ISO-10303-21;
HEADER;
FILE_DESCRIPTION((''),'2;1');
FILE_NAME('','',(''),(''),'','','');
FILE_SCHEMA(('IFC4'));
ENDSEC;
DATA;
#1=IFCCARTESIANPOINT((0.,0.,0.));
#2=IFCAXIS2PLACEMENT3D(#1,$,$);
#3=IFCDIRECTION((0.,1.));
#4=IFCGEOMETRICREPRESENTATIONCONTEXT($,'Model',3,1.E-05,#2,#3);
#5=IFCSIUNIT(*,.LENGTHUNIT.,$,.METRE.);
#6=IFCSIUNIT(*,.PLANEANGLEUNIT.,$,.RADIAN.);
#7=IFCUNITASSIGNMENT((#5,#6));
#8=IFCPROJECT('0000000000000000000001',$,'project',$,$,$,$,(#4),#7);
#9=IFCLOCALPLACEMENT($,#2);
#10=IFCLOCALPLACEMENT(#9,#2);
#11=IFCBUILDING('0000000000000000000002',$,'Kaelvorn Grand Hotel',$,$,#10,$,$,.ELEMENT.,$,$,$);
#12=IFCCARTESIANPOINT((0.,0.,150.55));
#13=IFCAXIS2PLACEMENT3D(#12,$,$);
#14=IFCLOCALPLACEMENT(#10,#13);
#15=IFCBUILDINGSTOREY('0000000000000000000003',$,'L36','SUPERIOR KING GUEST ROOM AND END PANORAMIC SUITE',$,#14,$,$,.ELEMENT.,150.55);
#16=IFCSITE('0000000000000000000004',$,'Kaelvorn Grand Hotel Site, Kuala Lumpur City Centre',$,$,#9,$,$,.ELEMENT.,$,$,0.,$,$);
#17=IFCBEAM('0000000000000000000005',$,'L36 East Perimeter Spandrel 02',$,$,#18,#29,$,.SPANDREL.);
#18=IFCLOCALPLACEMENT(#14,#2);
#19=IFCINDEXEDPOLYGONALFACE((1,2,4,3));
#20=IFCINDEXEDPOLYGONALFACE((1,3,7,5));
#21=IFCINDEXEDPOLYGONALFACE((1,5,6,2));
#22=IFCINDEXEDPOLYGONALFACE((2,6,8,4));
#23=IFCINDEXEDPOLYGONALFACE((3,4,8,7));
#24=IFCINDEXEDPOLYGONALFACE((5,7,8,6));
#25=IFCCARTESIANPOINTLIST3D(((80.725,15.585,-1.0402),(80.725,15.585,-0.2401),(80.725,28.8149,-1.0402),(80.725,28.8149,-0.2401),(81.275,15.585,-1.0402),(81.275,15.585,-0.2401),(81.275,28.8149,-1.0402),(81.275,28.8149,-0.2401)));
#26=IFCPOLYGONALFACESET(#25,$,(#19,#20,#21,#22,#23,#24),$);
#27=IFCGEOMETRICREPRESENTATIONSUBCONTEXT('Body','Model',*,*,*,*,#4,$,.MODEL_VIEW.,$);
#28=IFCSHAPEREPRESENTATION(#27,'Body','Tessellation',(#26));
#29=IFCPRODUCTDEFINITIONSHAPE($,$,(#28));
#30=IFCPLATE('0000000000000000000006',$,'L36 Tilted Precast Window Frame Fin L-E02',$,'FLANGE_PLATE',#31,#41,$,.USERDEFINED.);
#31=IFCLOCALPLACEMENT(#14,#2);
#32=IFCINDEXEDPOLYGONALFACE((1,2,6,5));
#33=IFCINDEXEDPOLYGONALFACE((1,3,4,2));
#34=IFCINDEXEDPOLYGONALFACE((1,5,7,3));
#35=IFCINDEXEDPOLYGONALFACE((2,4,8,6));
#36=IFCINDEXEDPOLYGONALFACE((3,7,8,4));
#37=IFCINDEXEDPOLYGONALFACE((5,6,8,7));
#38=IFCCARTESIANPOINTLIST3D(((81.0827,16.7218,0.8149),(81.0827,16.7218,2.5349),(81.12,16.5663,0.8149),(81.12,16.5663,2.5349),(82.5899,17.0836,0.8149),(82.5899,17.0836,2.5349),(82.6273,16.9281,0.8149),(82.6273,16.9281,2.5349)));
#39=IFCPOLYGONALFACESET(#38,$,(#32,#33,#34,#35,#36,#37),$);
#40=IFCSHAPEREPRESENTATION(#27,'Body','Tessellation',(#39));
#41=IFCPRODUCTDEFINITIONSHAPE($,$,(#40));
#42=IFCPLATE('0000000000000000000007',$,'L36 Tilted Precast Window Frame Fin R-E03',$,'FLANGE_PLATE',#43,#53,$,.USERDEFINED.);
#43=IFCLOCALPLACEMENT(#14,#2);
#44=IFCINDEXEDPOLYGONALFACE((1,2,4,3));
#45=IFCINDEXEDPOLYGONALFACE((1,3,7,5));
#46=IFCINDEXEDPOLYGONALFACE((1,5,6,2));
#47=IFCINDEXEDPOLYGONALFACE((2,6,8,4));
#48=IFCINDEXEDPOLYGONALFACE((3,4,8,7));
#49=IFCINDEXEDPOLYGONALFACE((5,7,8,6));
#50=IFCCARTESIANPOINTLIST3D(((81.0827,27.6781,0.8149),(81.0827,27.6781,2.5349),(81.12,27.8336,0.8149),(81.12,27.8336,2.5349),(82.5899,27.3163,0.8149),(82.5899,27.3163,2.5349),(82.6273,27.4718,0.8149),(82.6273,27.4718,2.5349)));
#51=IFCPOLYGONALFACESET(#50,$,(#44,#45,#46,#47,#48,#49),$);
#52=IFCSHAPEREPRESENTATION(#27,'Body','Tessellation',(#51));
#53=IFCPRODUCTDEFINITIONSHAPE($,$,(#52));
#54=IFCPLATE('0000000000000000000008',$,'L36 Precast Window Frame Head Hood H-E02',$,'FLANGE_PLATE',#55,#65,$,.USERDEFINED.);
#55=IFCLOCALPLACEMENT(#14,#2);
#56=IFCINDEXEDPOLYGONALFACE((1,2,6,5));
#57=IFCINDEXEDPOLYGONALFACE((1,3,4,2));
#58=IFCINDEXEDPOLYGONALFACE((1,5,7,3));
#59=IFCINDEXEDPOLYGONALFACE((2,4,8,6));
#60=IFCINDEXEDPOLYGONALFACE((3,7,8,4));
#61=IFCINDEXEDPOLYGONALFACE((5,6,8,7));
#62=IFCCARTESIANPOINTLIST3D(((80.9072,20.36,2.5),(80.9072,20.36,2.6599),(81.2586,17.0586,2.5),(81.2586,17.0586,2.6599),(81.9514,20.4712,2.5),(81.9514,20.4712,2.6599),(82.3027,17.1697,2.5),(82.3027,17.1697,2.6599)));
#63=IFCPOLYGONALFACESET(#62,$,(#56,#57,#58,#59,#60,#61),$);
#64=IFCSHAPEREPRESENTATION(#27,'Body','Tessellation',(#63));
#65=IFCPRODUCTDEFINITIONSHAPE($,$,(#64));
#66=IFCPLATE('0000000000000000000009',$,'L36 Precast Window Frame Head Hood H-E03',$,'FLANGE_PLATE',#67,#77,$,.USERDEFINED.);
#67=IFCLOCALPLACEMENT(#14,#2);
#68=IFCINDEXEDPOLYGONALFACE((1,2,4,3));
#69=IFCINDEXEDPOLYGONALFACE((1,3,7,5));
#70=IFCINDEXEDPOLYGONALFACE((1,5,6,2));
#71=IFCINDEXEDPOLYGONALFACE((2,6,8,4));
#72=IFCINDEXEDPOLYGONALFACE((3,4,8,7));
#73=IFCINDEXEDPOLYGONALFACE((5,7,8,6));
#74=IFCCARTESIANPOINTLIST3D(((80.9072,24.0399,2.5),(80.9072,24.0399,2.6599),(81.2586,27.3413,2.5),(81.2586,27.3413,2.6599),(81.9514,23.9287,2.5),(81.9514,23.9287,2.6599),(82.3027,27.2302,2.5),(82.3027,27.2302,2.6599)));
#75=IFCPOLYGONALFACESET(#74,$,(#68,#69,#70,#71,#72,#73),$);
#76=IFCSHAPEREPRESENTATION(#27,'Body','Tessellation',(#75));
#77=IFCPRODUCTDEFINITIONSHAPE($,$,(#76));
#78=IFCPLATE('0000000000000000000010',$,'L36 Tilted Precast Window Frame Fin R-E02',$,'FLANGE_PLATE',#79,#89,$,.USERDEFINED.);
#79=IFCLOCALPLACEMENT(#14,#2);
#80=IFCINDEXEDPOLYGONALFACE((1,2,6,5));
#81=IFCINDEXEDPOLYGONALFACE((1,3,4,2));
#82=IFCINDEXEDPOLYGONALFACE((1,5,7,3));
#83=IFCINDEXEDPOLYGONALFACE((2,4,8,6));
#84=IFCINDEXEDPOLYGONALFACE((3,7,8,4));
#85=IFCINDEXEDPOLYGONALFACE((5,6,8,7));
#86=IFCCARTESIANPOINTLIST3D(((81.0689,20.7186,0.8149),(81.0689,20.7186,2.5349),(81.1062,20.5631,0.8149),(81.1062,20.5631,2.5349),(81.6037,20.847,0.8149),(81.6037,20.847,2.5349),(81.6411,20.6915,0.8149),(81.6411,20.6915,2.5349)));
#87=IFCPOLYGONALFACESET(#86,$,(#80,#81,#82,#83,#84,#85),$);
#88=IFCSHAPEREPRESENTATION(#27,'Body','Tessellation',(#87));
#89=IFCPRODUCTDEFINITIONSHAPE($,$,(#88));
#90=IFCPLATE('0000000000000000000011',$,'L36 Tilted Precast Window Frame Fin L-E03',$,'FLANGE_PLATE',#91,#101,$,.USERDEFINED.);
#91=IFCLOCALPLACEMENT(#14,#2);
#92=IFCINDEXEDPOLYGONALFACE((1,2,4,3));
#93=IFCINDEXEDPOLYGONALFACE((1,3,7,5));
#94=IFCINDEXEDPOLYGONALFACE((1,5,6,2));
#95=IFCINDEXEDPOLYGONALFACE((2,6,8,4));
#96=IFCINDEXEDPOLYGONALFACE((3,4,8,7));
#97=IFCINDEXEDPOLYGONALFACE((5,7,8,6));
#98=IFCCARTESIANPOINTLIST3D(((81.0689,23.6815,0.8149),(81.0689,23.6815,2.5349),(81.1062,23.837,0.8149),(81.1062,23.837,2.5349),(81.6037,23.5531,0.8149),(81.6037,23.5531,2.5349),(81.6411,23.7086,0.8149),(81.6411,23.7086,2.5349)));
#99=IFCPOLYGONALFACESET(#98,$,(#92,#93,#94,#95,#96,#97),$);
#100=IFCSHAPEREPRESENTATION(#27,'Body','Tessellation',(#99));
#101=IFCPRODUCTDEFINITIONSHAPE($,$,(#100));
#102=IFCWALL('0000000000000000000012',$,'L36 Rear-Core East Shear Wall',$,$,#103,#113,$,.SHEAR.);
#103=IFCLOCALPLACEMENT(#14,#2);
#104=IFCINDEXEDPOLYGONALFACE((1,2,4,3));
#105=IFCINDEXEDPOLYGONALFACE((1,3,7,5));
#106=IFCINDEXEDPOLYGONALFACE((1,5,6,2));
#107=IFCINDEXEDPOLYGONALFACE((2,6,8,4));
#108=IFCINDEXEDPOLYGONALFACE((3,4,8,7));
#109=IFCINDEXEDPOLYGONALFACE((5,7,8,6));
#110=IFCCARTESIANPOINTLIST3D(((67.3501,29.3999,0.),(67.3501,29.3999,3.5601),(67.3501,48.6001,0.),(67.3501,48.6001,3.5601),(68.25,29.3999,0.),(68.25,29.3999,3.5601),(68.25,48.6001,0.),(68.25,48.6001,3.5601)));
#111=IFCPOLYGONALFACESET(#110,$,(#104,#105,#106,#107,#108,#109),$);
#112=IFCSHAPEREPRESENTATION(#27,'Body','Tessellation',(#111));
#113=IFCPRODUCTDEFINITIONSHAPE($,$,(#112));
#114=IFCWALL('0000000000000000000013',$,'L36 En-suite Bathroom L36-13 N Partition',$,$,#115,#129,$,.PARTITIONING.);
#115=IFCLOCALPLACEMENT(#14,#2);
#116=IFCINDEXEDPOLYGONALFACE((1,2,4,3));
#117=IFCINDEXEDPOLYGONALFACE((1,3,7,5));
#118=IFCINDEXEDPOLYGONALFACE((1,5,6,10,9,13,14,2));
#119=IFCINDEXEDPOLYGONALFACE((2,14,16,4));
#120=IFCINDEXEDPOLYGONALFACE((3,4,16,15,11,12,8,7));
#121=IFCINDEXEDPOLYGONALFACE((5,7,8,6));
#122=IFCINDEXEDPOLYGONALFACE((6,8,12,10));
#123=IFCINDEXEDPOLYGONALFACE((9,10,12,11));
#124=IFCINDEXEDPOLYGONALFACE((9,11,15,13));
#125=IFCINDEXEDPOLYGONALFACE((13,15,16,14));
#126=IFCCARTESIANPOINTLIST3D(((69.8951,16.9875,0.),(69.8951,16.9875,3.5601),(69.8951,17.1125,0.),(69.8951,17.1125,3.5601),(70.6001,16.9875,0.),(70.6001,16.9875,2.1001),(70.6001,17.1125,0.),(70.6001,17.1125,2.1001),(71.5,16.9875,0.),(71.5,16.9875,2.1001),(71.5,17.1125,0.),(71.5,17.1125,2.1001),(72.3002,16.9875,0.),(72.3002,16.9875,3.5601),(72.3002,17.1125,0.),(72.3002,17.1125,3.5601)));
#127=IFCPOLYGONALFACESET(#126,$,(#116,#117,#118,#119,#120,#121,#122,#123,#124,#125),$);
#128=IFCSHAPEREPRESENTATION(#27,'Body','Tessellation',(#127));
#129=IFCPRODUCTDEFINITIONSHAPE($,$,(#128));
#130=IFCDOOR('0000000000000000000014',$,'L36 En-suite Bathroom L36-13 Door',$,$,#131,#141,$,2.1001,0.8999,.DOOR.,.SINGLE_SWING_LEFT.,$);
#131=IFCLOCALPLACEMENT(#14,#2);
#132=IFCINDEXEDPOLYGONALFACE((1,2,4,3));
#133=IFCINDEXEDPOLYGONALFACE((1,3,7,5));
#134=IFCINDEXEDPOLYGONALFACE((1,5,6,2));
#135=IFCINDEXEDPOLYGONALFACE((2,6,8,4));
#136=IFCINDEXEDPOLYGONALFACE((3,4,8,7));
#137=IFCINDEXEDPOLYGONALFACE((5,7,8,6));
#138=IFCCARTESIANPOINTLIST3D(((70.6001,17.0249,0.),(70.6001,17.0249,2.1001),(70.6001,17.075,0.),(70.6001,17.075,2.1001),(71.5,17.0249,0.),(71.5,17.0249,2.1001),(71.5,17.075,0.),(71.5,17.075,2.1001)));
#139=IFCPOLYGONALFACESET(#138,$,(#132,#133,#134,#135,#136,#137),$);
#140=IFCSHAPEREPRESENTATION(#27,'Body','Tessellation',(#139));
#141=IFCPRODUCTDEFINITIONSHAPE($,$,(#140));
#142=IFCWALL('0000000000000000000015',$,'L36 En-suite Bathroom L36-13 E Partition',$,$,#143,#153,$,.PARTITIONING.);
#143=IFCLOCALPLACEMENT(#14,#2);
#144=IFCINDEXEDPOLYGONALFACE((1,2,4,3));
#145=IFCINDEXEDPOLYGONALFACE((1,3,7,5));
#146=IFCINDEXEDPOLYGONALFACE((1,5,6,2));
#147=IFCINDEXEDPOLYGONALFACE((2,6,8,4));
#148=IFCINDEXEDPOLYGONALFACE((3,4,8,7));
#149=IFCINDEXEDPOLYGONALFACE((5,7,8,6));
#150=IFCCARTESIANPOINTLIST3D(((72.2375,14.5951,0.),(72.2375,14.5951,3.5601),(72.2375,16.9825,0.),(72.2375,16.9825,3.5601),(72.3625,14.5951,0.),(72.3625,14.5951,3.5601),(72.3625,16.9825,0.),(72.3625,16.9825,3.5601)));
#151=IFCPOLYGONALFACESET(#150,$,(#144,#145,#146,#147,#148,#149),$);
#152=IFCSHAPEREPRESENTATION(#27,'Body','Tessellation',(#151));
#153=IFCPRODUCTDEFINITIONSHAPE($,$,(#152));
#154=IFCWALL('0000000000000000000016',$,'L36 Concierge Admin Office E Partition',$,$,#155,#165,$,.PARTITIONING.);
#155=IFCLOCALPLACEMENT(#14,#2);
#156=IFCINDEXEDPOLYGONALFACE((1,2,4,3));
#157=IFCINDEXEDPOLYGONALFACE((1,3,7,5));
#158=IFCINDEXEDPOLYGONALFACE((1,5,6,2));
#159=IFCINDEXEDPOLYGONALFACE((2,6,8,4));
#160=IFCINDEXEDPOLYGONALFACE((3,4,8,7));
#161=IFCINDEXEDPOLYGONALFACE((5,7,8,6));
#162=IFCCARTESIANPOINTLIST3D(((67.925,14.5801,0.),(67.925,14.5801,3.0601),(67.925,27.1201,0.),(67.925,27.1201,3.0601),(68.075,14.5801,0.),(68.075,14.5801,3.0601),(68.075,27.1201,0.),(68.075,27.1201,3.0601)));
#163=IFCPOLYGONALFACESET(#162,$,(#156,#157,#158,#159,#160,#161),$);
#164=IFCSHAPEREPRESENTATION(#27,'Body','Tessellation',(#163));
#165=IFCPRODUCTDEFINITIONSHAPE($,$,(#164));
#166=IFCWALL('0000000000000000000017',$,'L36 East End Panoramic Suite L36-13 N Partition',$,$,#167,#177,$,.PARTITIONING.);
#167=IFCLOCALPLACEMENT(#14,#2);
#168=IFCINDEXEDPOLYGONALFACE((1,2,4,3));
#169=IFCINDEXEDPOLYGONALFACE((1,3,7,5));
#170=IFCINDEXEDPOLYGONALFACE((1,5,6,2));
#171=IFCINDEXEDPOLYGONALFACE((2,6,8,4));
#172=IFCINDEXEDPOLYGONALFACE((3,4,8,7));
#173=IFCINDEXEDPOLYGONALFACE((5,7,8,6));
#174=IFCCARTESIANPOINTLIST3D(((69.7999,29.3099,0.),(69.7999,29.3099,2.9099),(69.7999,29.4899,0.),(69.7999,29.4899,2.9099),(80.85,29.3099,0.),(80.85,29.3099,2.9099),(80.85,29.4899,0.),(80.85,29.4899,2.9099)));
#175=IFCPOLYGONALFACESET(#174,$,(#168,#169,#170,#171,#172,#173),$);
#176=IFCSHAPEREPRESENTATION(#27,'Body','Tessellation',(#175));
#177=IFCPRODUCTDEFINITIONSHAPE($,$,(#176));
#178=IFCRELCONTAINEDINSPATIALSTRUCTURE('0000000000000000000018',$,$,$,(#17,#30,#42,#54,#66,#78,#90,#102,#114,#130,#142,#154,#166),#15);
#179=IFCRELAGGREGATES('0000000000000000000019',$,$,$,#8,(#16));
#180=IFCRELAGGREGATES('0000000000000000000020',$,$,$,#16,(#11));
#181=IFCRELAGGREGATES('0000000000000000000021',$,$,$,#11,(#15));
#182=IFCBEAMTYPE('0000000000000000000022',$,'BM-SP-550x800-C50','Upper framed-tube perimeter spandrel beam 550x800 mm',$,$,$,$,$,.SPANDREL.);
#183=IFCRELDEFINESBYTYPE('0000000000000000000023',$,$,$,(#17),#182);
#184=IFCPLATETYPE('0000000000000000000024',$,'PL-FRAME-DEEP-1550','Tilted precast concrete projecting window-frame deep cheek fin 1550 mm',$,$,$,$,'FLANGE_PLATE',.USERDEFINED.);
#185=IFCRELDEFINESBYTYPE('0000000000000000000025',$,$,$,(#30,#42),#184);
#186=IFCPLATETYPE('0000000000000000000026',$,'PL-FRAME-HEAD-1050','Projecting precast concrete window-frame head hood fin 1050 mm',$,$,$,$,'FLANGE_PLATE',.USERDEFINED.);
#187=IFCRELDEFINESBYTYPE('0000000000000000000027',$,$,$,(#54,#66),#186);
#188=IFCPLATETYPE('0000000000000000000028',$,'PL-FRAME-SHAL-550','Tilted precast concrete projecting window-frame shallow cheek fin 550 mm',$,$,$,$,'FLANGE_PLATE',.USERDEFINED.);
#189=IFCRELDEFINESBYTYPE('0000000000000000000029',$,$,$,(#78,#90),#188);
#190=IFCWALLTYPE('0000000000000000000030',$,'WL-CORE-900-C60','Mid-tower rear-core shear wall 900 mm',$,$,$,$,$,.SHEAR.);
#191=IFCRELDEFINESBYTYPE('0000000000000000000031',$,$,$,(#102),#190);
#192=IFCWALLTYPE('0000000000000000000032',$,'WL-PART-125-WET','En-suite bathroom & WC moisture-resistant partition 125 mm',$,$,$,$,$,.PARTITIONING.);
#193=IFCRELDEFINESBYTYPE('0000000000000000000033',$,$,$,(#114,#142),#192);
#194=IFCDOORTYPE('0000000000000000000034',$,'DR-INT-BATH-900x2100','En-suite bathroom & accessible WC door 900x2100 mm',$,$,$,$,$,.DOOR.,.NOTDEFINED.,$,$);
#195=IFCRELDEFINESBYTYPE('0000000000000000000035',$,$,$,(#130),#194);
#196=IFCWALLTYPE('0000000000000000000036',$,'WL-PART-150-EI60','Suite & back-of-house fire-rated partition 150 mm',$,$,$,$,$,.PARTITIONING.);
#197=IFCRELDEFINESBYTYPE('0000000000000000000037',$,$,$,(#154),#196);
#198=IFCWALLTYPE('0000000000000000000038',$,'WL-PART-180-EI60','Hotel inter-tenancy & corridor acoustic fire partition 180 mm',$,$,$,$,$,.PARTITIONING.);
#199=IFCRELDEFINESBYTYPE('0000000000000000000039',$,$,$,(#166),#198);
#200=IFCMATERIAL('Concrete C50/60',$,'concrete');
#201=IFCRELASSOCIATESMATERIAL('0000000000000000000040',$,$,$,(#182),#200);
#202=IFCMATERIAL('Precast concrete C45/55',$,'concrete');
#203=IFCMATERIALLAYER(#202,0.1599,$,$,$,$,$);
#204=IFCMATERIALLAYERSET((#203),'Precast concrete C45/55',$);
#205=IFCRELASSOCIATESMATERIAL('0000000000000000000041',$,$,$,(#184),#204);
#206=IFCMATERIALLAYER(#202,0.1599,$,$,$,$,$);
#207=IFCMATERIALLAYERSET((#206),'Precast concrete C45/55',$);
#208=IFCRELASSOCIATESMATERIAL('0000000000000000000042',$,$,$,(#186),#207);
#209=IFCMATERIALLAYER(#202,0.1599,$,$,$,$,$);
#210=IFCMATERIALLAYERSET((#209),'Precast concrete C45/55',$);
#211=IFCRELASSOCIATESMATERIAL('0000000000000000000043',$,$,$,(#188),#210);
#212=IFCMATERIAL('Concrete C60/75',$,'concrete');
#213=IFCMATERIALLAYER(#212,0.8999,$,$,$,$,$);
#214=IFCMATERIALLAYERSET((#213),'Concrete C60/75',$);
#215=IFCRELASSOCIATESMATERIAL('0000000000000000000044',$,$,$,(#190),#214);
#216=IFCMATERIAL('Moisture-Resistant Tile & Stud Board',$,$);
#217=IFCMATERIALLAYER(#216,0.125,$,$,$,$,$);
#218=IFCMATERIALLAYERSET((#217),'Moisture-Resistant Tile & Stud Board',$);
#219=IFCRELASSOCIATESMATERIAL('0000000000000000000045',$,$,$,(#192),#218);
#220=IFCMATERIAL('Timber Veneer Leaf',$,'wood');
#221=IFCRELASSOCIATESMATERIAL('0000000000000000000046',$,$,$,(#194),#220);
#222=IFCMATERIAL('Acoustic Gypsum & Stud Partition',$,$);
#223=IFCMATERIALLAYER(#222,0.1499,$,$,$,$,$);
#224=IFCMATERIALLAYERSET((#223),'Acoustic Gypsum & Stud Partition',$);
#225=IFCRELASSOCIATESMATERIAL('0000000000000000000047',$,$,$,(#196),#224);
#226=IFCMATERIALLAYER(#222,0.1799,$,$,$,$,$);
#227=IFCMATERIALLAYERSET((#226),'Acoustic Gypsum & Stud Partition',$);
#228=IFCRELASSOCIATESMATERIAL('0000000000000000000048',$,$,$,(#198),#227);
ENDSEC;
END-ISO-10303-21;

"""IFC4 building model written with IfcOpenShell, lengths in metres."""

from ifc_helpers import new_model, si_unit, direction, frame, frame_2d, origin, origin_2d, place, context, subcontext, project, spatial, rectangle, extrude, material, layer, layer_set, material_profile, profile_set, type_object, element, fill, save


model = new_model("IFC4")

# Units and contexts
model_context = context("Model", 3, precision=1e-05, world=origin(), true_north=direction((0.0, 1.0)))
body_context = subcontext(model_context, "Body", "Model", "MODEL_VIEW")
ifc_project = project(units=[si_unit("LENGTHUNIT", "METRE"), si_unit("PLANEANGLEUNIT", "RADIAN")], contexts=[model_context])

# Site, building, storey
site_placement = place(None, origin())
site = spatial("IfcSite", under=ifc_project, at=site_placement, Name="Kaelvorn Grand Hotel Site, Kuala Lumpur City Centre", CompositionType="ELEMENT", RefElevation=0.0)
building_placement = place(site_placement, origin())
building = spatial("IfcBuilding", under=site, at=building_placement, Name="Kaelvorn Grand Hotel", CompositionType="ELEMENT")
storey_placement = place(building_placement, frame((0.0, 0.0, 150.55)))
storey = spatial("IfcBuildingStorey", under=building, at=storey_placement, Name="L36", Description="SUPERIOR KING GUEST ROOM AND END PANORAMIC SUITE", CompositionType="ELEMENT", Elevation=150.55)

# Shared definitions
ifc_material_1 = material(Name="Concrete C60/75", Category="concrete")

# Beam
ifc_material_2 = material(Name="Concrete C50/60", Category="concrete")
ifc_material_profile_1 = material_profile(ifc_material_2, rectangle(XDim=0.55, YDim=0.8, at=origin_2d()), Name="RC SPANDREL 550x800")
ifc_profile_set_1 = profile_set([ifc_material_profile_1], Name="Concrete C50/60")
beam_type_1 = type_object("IfcBeamType", Name="BM-SP-550x800-C50", Description="Upper framed-tube perimeter spandrel beam 550x800 mm", PredefinedType="SPANDREL", material=ifc_profile_set_1)
beam_1_placement = place(storey_placement, frame((81.0, 15.585, -0.6401), z_axis=(0.0, 1.0, 0.0), x_axis=(-1.0, 0.0, 0.0)))
element("IfcBeam", 1, at=beam_1_placement, inside=storey, type_object=beam_type_1, Name="L36 East Perimeter Spandrel 02", PredefinedType="SPANDREL", context=body_context, shape_type="SweptSolid", body=[
    extrude(rectangle(XDim=0.55, YDim=0.8, at=origin_2d()), origin(), (0.0, 0.0, 1.0), 13.23),
])

# Plates
ifc_material_3 = material(Name="Precast concrete C45/55", Category="concrete")
ifc_layer_1 = layer(ifc_material_3, 0.1599)
ifc_layer_set_1 = layer_set([ifc_layer_1], Name="Precast concrete C45/55")
plate_type_1 = type_object("IfcPlateType", Name="PL-FRAME-DEEP-1550", Description="Tilted precast concrete projecting window-frame deep cheek fin 1550 mm", ElementType="FLANGE_PLATE", PredefinedType="USERDEFINED", material=ifc_layer_set_1)
for number, where, z_axis, x_axis, name in (
    (2, (81.855, 16.825, 0.8149), (0.0, 0.0, 1.0), (-0.233445, 0.97237, 0.0), "L36 Tilted Precast Window Frame Fin L-E02"),
    (3, (81.855, 27.575, 0.8149), (0.0, 0.0, 1.0), (0.233445, 0.97237, 0.0), "L36 Tilted Precast Window Frame Fin R-E03"),
):
    element("IfcPlate", number, at=place(storey_placement, frame(where, z_axis=z_axis, x_axis=x_axis)), inside=storey, type_object=plate_type_1, Name=name, ObjectType="FLANGE_PLATE", PredefinedType="USERDEFINED", context=body_context, shape_type="SweptSolid", body=[
        extrude(rectangle(XDim=0.1599, YDim=1.55, at=origin_2d()), origin(), (0.0, 0.0, 1.0), 1.72),
    ])
ifc_layer_2 = layer(ifc_material_3, 0.1599)
ifc_layer_set_2 = layer_set([ifc_layer_2], Name="Precast concrete C45/55")
plate_type_2 = type_object("IfcPlateType", Name="PL-FRAME-HEAD-1050", Description="Projecting precast concrete window-frame head hood fin 1050 mm", ElementType="FLANGE_PLATE", PredefinedType="USERDEFINED", material=ifc_layer_set_2)
for number, where, z_axis, x_axis, name in (
    (4, (81.605, 18.7649, 2.5), (0.0, 0.0, 1.0), (-0.10583, 0.994384, 0.0), "L36 Precast Window Frame Head Hood H-E02"),
    (5, (81.605, 25.635, 2.5), (0.0, 0.0, 1.0), (0.10583, 0.994384, 0.0), "L36 Precast Window Frame Head Hood H-E03"),
):
    element("IfcPlate", number, at=place(storey_placement, frame(where, z_axis=z_axis, x_axis=x_axis)), inside=storey, type_object=plate_type_2, Name=name, ObjectType="FLANGE_PLATE", PredefinedType="USERDEFINED", context=body_context, shape_type="SweptSolid", body=[
        extrude(rectangle(XDim=3.3201, YDim=1.05, at=origin_2d()), origin(), (0.0, 0.0, 1.0), 0.1599),
    ])
ifc_layer_3 = layer(ifc_material_3, 0.1599)
ifc_layer_set_3 = layer_set([ifc_layer_3], Name="Precast concrete C45/55")
plate_type_3 = type_object("IfcPlateType", Name="PL-FRAME-SHAL-550", Description="Tilted precast concrete projecting window-frame shallow cheek fin 550 mm", ElementType="FLANGE_PLATE", PredefinedType="USERDEFINED", material=ifc_layer_set_3)
for number, where, z_axis, x_axis, name in (
    (6, (81.355, 20.7051, 0.8149), (0.0, 0.0, 1.0), (-0.233445, 0.97237, 0.0), "L36 Tilted Precast Window Frame Fin R-E02"),
    (7, (81.355, 23.6951, 0.8149), (0.0, 0.0, 1.0), (0.233445, 0.97237, 0.0), "L36 Tilted Precast Window Frame Fin L-E03"),
):
    element("IfcPlate", number, at=place(storey_placement, frame(where, z_axis=z_axis, x_axis=x_axis)), inside=storey, type_object=plate_type_3, Name=name, ObjectType="FLANGE_PLATE", PredefinedType="USERDEFINED", context=body_context, shape_type="SweptSolid", body=[
        extrude(rectangle(XDim=0.1599, YDim=0.55, at=origin_2d()), origin(), (0.0, 0.0, 1.0), 1.72),
    ])

# Wall
ifc_layer_4 = layer(ifc_material_1, 0.8999)
ifc_layer_set_4 = layer_set([ifc_layer_4], Name="Concrete C60/75")
wall_type_1 = type_object("IfcWallType", Name="WL-CORE-900-C60", Description="Mid-tower rear-core shear wall 900 mm", PredefinedType="SHEAR", material=ifc_layer_set_4)
wall_1_placement = place(storey_placement, frame((67.8, 29.3999, 0.0), z_axis=(0.0, 0.0, 1.0), x_axis=(0.0, 1.0, 0.0)))
element("IfcWall", 8, at=wall_1_placement, inside=storey, type_object=wall_type_1, Name="L36 Rear-Core East Shear Wall", PredefinedType="SHEAR", context=body_context, shape_type="SweptSolid", body=[
    extrude(rectangle(XDim=19.2002, YDim=0.8999, at=frame_2d((9.6001, 0.0))), origin(), (0.0, 0.0, 1.0), 3.5601),
])

# Wall, opening, door
ifc_material_4 = material(Name="Moisture-Resistant Tile & Stud Board")
ifc_layer_5 = layer(ifc_material_4, 0.125)
ifc_layer_set_5 = layer_set([ifc_layer_5], Name="Moisture-Resistant Tile & Stud Board")
wall_type_2 = type_object("IfcWallType", Name="WL-PART-125-WET", Description="En-suite bathroom & WC moisture-resistant partition 125 mm", PredefinedType="PARTITIONING", material=ifc_layer_set_5)
wall_2_placement = place(storey_placement, frame((69.895, 17.05, 0.0), z_axis=(0.0, 0.0, 1.0), x_axis=(1.0, 0.0, 0.0)))
wall_2 = element("IfcWall", 9, at=wall_2_placement, inside=storey, type_object=wall_type_2, Name="L36 En-suite Bathroom L36-13 N Partition", PredefinedType="PARTITIONING", context=body_context, shape_type="SweptSolid", body=[
    extrude(rectangle(XDim=2.405, YDim=0.125, at=frame_2d((1.2026, 0.0))), origin(), (0.0, 0.0, 1.0), 3.5601),
])
opening_1_placement = place(wall_2_placement, frame((0.7051, 0.0, 0.0)))
opening_1 = element("IfcOpeningElement", 10, at=opening_1_placement, cuts=wall_2, PredefinedType="OPENING", context=body_context, shape_type="SweptSolid", body=[
    extrude(rectangle(XDim=0.8999, YDim=2.1001, at=frame_2d((0.45, 1.05))), frame((0.0, 0.0725, 0.0), z_axis=(0.0, -1.0, 0.0), x_axis=(1.0, 0.0, 0.0)), (0.0, 0.0, 1.0), 0.145),
])
ifc_material_5 = material(Name="Timber Veneer Leaf", Category="wood")
door_type_1 = type_object("IfcDoorType", Name="DR-INT-BATH-900x2100", Description="En-suite bathroom & accessible WC door 900x2100 mm", OperationType="NOTDEFINED", PredefinedType="DOOR", material=ifc_material_5)
door_1_placement = place(opening_1_placement, origin())
door_1 = element("IfcDoor", 11, at=door_1_placement, inside=storey, type_object=door_type_1, Name="L36 En-suite Bathroom L36-13 Door", OperationType="SINGLE_SWING_LEFT", OverallHeight=2.1001, OverallWidth=0.8999, PredefinedType="DOOR", context=body_context, shape_type="SweptSolid", body=[
    extrude(rectangle(XDim=0.8999, YDim=2.1001, at=frame_2d((0.45, 1.05))), frame((0.0, 0.0249, 0.0), z_axis=(0.0, -1.0, 0.0), x_axis=(1.0, 0.0, 0.0)), (0.0, 0.0, 1.0), 0.05),
])
fill(opening_1, door_1)

# Walls
wall_3_placement = place(storey_placement, frame((72.3, 14.595, 0.0), z_axis=(0.0, 0.0, 1.0), x_axis=(0.0, 1.0, 0.0)))
element("IfcWall", 12, at=wall_3_placement, inside=storey, type_object=wall_type_2, Name="L36 En-suite Bathroom L36-13 E Partition", PredefinedType="PARTITIONING", context=body_context, shape_type="SweptSolid", body=[
    extrude(rectangle(XDim=2.3875, YDim=0.125, at=frame_2d((1.1938, 0.0))), origin(), (0.0, 0.0, 1.0), 3.5601),
])
ifc_material_6 = material(Name="Acoustic Gypsum & Stud Partition")
ifc_layer_6 = layer(ifc_material_6, 0.1499)
ifc_layer_set_6 = layer_set([ifc_layer_6], Name="Acoustic Gypsum & Stud Partition")
wall_type_3 = type_object("IfcWallType", Name="WL-PART-150-EI60", Description="Suite & back-of-house fire-rated partition 150 mm", PredefinedType="PARTITIONING", material=ifc_layer_set_6)
wall_4_placement = place(storey_placement, frame((68.0, 14.5801, 0.0), z_axis=(0.0, 0.0, 1.0), x_axis=(0.0, 1.0, 0.0)))
element("IfcWall", 13, at=wall_4_placement, inside=storey, type_object=wall_type_3, Name="L36 Concierge Admin Office E Partition", PredefinedType="PARTITIONING", context=body_context, shape_type="SweptSolid", body=[
    extrude(rectangle(XDim=12.54, YDim=0.1499, at=frame_2d((6.27, 0.0))), origin(), (0.0, 0.0, 1.0), 3.0601),
])
ifc_layer_7 = layer(ifc_material_6, 0.1799)
ifc_layer_set_7 = layer_set([ifc_layer_7], Name="Acoustic Gypsum & Stud Partition")
wall_type_4 = type_object("IfcWallType", Name="WL-PART-180-EI60", Description="Hotel inter-tenancy & corridor acoustic fire partition 180 mm", PredefinedType="PARTITIONING", material=ifc_layer_set_7)
wall_5_placement = place(storey_placement, frame((69.8, 29.3999, 0.0), z_axis=(0.0, 0.0, 1.0), x_axis=(1.0, 0.0, 0.0)))
element("IfcWall", 14, at=wall_5_placement, inside=storey, type_object=wall_type_4, Name="L36 East End Panoramic Suite L36-13 N Partition", PredefinedType="PARTITIONING", context=body_context, shape_type="SweptSolid", body=[
    extrude(rectangle(XDim=11.05, YDim=0.1799, at=frame_2d((5.5249, 0.0))), origin(), (0.0, 0.0, 1.0), 2.9099),
])

save(model, "model.ifc")
